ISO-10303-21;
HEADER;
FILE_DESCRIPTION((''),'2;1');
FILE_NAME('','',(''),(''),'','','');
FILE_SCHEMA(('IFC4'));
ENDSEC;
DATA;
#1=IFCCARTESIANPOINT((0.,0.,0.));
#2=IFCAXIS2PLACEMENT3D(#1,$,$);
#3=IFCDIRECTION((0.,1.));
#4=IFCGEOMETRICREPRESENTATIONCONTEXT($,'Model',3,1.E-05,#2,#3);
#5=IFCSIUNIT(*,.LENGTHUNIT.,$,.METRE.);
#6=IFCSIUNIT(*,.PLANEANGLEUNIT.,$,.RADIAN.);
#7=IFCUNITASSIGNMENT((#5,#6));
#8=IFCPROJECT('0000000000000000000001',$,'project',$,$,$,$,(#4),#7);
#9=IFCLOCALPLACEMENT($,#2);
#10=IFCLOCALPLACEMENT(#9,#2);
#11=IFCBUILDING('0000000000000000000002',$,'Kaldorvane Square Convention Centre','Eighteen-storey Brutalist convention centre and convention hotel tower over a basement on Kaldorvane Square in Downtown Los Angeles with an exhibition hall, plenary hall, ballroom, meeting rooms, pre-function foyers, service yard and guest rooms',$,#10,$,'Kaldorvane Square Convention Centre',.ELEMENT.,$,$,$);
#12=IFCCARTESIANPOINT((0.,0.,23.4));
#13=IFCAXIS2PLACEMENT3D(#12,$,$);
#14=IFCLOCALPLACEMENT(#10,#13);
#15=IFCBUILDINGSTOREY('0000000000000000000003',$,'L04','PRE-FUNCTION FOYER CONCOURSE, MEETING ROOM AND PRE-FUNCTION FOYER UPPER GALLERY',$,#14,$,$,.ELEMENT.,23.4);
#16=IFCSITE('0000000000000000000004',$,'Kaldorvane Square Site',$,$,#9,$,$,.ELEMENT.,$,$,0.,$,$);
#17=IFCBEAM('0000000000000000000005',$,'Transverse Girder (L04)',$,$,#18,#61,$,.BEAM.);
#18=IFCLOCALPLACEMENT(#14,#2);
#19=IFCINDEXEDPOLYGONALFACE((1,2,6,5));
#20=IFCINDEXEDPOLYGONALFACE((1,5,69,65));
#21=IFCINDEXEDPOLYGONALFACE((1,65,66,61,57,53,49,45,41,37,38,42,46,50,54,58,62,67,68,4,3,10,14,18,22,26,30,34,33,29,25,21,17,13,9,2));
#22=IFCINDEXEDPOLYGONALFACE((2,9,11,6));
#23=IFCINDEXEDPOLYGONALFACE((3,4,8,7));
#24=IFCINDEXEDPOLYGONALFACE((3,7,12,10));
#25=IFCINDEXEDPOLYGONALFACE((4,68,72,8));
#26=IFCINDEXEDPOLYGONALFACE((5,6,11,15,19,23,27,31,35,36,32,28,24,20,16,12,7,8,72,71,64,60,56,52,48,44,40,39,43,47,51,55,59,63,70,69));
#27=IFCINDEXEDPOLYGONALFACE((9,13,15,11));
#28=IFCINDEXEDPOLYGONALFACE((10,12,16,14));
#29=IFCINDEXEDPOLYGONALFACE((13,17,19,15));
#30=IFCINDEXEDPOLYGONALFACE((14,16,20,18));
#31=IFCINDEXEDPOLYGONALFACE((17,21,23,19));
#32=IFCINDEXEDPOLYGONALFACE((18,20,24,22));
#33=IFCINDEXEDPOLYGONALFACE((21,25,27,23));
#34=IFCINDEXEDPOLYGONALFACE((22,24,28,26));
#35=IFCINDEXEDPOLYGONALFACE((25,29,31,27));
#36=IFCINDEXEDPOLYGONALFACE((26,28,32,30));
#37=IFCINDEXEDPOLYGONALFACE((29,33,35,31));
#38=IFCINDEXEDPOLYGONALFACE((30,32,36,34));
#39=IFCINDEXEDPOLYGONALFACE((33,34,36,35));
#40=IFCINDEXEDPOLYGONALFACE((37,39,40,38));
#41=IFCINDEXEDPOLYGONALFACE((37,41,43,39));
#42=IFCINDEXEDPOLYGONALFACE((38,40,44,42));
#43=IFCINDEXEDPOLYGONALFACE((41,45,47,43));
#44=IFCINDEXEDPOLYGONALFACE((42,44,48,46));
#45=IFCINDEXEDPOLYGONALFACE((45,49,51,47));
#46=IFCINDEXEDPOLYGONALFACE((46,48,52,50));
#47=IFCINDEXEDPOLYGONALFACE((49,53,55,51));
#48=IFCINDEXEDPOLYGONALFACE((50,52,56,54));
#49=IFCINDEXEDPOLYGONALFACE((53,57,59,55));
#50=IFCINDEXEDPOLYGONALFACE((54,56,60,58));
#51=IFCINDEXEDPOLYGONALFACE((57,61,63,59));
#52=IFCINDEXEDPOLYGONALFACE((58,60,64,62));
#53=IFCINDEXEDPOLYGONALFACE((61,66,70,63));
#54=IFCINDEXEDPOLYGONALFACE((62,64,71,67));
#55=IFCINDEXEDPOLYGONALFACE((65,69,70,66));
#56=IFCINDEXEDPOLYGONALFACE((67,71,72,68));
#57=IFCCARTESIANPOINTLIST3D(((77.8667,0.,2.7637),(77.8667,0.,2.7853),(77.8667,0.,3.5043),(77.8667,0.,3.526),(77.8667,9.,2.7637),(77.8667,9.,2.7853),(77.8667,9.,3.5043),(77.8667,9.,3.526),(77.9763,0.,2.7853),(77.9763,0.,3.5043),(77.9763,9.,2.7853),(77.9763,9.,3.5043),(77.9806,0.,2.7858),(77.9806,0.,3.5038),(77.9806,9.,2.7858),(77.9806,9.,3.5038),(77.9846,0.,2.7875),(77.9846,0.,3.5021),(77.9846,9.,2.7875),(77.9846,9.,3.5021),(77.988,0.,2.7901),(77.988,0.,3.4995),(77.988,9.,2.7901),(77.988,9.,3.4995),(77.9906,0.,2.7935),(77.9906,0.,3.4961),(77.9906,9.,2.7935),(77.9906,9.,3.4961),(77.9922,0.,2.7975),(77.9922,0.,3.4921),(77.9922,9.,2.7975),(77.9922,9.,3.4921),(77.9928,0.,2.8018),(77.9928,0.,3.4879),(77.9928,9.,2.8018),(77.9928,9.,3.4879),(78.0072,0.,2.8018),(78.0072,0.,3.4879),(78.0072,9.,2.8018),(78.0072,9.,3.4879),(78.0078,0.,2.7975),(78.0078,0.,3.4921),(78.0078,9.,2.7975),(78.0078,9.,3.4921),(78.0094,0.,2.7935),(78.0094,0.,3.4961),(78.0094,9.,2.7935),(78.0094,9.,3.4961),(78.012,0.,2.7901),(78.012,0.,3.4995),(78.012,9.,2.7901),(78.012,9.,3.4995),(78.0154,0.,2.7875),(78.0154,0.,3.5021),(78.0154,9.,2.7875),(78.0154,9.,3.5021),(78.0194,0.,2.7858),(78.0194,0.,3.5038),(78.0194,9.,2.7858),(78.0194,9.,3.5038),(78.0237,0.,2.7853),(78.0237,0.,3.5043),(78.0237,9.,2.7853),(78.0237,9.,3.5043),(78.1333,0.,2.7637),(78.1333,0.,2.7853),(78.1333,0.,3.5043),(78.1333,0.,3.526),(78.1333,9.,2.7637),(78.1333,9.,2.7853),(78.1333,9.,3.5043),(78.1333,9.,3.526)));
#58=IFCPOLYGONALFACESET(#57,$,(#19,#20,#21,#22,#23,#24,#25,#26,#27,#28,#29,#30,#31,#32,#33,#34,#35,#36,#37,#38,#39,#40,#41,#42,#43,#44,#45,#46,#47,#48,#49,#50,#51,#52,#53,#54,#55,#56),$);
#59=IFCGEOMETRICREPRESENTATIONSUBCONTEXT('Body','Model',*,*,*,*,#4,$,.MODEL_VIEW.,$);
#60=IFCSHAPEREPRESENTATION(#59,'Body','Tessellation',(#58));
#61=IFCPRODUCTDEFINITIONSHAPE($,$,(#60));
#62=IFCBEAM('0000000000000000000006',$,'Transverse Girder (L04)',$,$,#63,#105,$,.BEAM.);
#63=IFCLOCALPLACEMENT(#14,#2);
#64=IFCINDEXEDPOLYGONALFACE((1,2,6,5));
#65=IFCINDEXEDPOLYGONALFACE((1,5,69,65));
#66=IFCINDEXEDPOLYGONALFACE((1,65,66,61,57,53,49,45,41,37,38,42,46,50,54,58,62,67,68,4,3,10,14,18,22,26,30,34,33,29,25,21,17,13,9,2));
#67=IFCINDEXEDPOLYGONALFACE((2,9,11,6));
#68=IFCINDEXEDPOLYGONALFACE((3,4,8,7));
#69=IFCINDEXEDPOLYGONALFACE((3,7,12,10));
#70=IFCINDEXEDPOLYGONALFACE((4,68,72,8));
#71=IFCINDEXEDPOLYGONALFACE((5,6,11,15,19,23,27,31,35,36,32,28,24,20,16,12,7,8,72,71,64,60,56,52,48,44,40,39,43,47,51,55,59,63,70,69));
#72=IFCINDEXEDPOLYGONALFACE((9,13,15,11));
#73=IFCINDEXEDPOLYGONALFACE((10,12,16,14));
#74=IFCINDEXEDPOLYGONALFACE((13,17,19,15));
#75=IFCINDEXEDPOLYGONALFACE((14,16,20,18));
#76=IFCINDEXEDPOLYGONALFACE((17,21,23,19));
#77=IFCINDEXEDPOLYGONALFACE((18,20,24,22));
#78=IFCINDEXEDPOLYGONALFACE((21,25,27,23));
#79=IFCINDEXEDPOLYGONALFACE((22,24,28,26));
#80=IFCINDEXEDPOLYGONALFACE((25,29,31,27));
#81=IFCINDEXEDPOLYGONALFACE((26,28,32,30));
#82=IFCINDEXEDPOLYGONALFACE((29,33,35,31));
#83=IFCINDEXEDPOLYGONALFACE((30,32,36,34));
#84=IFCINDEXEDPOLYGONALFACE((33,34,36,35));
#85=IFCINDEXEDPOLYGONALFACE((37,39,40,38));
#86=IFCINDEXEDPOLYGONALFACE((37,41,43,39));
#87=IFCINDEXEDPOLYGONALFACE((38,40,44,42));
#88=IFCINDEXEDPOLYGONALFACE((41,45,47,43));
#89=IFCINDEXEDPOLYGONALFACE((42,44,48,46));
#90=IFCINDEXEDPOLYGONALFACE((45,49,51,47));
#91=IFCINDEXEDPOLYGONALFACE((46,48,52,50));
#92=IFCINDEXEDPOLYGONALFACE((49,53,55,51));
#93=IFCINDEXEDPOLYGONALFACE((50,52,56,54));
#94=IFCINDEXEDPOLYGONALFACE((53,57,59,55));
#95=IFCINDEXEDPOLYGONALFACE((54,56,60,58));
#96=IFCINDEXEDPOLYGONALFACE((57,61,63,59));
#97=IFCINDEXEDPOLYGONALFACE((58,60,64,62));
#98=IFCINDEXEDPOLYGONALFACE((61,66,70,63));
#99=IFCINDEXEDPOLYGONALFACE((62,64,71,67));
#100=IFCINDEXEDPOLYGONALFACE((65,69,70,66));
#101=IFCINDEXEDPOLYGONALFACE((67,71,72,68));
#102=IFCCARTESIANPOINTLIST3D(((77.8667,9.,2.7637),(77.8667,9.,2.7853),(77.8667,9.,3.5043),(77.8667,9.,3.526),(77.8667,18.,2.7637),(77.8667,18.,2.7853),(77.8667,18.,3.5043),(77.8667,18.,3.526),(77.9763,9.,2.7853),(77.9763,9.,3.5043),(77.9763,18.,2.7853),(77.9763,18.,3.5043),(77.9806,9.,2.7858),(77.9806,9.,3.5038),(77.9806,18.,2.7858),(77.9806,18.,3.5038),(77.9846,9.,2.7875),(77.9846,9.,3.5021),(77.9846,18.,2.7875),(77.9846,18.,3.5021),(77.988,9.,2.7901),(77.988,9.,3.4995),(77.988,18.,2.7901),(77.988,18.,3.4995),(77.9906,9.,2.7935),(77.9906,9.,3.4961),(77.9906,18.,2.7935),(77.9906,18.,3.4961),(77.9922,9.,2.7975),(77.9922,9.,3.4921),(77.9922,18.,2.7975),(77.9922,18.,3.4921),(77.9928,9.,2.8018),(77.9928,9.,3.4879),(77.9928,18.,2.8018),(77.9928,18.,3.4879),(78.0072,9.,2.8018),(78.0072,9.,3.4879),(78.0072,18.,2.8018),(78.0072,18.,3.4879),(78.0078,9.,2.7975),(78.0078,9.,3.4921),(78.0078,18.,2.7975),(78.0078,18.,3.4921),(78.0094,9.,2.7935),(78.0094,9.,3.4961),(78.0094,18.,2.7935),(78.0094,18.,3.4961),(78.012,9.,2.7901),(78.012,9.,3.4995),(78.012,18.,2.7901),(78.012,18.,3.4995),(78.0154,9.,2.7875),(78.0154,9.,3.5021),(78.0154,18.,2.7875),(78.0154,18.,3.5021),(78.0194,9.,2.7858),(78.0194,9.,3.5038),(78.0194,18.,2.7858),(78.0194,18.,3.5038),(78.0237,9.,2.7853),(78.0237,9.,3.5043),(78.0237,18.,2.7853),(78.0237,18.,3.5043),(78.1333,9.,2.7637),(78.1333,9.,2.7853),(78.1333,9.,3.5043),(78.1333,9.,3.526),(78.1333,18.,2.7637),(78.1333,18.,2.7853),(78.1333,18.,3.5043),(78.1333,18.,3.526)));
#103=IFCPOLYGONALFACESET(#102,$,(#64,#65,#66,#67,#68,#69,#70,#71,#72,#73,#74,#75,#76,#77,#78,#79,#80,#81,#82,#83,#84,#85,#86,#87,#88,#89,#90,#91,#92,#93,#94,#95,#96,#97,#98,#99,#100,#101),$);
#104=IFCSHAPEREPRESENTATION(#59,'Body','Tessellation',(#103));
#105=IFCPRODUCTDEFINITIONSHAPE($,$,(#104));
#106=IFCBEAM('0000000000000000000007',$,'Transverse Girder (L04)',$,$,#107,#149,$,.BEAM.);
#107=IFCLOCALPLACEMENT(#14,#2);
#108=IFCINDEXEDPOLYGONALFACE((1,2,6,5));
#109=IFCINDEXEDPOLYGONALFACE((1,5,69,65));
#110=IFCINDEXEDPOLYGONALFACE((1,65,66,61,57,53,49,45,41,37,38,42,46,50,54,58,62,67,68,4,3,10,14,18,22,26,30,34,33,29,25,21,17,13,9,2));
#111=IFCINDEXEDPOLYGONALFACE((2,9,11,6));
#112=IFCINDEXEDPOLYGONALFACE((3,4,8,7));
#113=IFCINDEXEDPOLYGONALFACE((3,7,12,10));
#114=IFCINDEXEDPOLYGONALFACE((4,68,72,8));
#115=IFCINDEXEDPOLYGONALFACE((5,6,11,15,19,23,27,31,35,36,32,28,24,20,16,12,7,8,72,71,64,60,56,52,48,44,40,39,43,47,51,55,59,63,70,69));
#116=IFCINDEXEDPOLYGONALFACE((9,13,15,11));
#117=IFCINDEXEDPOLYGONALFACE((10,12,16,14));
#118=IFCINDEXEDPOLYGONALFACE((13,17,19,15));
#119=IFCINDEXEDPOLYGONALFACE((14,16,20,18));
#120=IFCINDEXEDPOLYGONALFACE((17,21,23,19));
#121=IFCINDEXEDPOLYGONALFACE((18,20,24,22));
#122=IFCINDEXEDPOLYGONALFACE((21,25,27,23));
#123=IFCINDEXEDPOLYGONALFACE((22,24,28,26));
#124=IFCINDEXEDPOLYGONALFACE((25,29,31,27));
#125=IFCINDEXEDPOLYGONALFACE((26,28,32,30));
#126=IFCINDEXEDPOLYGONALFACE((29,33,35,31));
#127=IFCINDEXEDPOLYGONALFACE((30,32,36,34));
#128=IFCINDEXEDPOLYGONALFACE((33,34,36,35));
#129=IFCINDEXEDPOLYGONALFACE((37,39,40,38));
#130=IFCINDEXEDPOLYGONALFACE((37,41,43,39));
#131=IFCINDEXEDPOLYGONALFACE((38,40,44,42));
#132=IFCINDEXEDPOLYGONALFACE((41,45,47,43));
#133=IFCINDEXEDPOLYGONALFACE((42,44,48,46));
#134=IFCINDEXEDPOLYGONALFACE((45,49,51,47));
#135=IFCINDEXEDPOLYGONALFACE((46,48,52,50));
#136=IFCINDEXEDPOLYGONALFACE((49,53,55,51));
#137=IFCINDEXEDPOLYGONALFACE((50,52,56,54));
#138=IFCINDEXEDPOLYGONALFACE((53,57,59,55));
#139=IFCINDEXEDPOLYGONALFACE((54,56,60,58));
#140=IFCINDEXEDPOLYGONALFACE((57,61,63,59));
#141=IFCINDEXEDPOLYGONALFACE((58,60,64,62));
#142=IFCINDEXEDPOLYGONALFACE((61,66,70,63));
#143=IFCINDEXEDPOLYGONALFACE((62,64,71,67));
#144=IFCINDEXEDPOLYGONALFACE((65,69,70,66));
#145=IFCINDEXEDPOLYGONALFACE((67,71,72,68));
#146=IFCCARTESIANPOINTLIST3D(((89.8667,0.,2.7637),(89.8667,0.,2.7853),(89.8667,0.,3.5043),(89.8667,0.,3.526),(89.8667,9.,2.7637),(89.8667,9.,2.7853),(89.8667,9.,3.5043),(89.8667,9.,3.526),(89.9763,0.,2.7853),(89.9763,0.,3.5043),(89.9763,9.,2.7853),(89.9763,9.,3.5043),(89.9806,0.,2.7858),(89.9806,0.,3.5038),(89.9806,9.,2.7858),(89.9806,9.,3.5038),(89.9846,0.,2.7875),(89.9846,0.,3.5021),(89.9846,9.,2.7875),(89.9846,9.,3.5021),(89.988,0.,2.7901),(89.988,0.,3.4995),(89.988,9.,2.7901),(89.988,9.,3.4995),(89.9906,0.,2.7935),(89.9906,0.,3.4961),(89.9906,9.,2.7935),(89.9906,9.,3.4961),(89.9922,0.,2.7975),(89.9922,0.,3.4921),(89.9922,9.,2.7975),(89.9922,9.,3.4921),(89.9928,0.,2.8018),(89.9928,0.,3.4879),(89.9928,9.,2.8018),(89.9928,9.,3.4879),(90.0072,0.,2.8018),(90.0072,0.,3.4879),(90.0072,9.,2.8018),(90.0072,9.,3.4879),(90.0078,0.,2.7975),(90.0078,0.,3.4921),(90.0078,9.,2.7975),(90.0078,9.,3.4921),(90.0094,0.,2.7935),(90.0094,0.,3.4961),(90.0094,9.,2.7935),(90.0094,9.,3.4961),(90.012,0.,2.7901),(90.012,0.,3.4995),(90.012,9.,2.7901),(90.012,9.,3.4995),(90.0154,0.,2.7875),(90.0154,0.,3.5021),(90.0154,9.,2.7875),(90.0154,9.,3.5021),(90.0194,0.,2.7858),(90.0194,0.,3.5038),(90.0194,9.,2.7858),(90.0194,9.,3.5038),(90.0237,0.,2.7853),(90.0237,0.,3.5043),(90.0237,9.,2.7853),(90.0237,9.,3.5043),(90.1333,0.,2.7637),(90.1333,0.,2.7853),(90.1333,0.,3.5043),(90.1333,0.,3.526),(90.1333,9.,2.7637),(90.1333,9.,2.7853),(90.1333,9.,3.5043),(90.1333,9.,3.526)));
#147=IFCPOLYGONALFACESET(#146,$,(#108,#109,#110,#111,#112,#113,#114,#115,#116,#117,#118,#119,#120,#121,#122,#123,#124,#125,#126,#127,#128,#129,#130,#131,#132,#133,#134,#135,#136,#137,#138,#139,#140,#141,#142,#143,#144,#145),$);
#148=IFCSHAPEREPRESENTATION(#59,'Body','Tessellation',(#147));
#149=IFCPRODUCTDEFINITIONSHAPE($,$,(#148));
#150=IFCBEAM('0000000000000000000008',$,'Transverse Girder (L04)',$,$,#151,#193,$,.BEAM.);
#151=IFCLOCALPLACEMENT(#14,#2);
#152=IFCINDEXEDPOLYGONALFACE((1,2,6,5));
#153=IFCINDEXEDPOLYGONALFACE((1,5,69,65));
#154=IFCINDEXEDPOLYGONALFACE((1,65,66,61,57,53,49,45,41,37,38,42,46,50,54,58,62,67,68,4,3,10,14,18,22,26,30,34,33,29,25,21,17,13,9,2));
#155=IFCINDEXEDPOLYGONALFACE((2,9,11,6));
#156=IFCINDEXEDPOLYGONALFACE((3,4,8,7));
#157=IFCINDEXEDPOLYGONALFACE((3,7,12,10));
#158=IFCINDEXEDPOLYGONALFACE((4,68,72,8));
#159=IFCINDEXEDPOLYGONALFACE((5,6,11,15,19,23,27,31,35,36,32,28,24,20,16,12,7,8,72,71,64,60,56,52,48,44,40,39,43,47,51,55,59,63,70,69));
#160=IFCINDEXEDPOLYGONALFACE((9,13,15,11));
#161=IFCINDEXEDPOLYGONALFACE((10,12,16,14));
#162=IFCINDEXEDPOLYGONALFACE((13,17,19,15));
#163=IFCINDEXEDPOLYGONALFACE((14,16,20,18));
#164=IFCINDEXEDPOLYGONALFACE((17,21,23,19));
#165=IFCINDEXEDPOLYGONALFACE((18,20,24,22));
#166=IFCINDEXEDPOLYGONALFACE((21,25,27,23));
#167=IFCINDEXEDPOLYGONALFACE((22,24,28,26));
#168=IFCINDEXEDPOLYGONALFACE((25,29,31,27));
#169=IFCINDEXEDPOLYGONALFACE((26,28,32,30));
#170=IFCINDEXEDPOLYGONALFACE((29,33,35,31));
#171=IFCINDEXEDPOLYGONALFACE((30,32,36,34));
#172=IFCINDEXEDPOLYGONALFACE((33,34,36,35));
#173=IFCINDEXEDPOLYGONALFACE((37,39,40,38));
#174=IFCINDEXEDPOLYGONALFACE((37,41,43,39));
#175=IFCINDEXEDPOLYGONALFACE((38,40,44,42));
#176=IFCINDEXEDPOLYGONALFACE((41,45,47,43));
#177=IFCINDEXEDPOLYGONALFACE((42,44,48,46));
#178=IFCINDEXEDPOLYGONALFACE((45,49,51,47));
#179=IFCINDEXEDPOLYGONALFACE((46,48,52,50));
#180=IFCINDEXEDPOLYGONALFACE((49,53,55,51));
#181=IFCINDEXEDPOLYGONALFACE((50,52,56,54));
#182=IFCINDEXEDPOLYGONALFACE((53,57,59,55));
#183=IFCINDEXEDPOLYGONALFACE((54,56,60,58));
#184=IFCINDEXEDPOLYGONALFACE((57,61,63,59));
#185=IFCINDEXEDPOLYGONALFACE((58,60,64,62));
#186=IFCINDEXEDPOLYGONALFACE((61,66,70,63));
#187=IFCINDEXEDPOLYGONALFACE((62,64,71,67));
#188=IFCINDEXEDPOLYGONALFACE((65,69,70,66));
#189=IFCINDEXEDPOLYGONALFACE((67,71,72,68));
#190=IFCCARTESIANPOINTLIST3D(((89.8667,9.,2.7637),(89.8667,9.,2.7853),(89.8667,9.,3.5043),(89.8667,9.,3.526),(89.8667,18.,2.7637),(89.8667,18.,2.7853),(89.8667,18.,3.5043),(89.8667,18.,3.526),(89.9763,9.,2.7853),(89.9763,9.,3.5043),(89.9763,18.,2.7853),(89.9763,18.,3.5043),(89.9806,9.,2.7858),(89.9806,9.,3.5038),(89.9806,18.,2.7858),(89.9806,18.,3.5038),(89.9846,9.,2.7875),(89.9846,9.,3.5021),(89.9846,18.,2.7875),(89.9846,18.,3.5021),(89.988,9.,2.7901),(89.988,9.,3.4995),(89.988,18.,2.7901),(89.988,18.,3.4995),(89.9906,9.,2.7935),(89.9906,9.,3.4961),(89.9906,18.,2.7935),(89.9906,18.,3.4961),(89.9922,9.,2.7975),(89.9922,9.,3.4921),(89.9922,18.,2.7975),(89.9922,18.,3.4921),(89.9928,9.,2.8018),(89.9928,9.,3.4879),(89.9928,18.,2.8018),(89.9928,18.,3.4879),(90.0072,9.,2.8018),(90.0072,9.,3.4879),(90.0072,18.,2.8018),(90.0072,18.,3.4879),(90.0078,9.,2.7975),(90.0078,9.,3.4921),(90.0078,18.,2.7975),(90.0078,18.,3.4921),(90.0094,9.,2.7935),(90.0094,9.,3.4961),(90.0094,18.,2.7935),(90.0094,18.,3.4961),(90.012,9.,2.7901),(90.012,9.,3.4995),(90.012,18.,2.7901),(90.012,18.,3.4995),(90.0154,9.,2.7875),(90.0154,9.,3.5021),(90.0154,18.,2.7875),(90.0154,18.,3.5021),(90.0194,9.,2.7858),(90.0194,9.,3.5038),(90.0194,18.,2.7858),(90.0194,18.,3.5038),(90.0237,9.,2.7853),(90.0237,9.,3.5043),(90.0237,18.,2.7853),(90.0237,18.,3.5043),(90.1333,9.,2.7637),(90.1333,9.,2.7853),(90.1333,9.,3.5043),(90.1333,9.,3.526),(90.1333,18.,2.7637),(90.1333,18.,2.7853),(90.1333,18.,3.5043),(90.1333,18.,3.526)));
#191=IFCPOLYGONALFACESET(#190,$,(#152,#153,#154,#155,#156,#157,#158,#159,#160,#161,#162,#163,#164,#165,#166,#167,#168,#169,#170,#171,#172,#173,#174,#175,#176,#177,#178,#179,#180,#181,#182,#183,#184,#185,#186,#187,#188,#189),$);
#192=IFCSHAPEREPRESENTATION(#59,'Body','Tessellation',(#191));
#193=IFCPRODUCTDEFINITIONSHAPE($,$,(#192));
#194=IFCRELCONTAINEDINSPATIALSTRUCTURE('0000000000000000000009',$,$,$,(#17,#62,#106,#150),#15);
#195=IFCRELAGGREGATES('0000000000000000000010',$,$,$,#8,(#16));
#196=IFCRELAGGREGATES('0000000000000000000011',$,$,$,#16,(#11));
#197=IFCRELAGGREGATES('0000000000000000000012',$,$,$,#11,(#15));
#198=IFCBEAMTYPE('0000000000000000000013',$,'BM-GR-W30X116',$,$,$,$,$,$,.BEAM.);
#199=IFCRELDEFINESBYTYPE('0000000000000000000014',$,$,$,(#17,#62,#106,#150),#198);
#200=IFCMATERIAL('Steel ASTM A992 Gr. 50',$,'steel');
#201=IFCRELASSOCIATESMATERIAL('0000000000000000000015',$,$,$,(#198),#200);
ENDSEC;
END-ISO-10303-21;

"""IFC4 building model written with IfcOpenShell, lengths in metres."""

from ifc_helpers import new_model, si_unit, direction, frame, origin, origin_2d, place, context, subcontext, project, spatial, i_section, extrude, material, material_profile, profile_set, type_object, element, save


model = new_model("IFC4")

# Units and contexts
model_context = context("Model", 3, precision=1e-05, world=origin(), true_north=direction((0.0, 1.0)))
body_context = subcontext(model_context, "Body", "Model", "MODEL_VIEW")
ifc_project = project(units=[si_unit("LENGTHUNIT", "METRE"), si_unit("PLANEANGLEUNIT", "RADIAN")], contexts=[model_context])

# Site, building, storey
site_placement = place(None, origin())
site = spatial("IfcSite", under=ifc_project, at=site_placement, Name="Kaldorvane Square Site", CompositionType="ELEMENT", RefElevation=0.0)
building_placement = place(site_placement, origin())
building = spatial("IfcBuilding", under=site, at=building_placement, Name="Kaldorvane Square Convention Centre", Description="Eighteen-storey Brutalist convention centre and convention hotel tower over a basement on Kaldorvane Square in Downtown Los Angeles with an exhibition hall, plenary hall, ballroom, meeting rooms, pre-function foyers, service yard and guest rooms", LongName="Kaldorvane Square Convention Centre", CompositionType="ELEMENT")
storey_placement = place(building_placement, frame((0.0, 0.0, 23.4)))
storey = spatial("IfcBuildingStorey", under=building, at=storey_placement, Name="L04", Description="PRE-FUNCTION FOYER CONCOURSE, MEETING ROOM AND PRE-FUNCTION FOYER UPPER GALLERY", CompositionType="ELEMENT", Elevation=23.4)

# Shared definitions
ifc_material_1 = material(Name="Steel ASTM A992 Gr. 50", Category="steel")

# Beams
ifc_material_profile_1 = material_profile(ifc_material_1, i_section(OverallWidth=0.2666, OverallDepth=0.7623, WebThickness=0.0144, FlangeThickness=0.0216, FilletRadius=0.0165, at=origin_2d()), Name="W30X116")
ifc_profile_set_1 = profile_set([ifc_material_profile_1], Name="Steel ASTM A992 Gr. 50")
beam_type_1 = type_object("IfcBeamType", Name="BM-GR-W30X116", PredefinedType="BEAM", material=ifc_profile_set_1)
for number, where, z_axis, x_axis, name in (
    (1, (78.0, 0.0, 3.1448), (0.0, 1.0, 0.0), (-1.0, 0.0, 0.0), "Transverse Girder (L04)"),
    (2, (78.0, 9.0, 3.1448), (0.0, 1.0, 0.0), (-1.0, 0.0, 0.0), "Transverse Girder (L04)"),
    (3, (90.0, 0.0, 3.1448), (0.0, 1.0, 0.0), (-1.0, 0.0, 0.0), "Transverse Girder (L04)"),
    (4, (90.0, 9.0, 3.1448), (0.0, 1.0, 0.0), (-1.0, 0.0, 0.0), "Transverse Girder (L04)"),
):
    element("IfcBeam", number, at=place(storey_placement, frame(where, z_axis=z_axis, x_axis=x_axis)), inside=storey, type_object=beam_type_1, Name=name, PredefinedType="BEAM", context=body_context, shape_type="SweptSolid", body=[
        extrude(i_section(OverallWidth=0.2666, OverallDepth=0.7623, WebThickness=0.0144, FlangeThickness=0.0216, FilletRadius=0.0165, at=origin_2d()), origin(), (0.0, 0.0, 1.0), 9.0),
    ])

save(model, "model.ifc")
